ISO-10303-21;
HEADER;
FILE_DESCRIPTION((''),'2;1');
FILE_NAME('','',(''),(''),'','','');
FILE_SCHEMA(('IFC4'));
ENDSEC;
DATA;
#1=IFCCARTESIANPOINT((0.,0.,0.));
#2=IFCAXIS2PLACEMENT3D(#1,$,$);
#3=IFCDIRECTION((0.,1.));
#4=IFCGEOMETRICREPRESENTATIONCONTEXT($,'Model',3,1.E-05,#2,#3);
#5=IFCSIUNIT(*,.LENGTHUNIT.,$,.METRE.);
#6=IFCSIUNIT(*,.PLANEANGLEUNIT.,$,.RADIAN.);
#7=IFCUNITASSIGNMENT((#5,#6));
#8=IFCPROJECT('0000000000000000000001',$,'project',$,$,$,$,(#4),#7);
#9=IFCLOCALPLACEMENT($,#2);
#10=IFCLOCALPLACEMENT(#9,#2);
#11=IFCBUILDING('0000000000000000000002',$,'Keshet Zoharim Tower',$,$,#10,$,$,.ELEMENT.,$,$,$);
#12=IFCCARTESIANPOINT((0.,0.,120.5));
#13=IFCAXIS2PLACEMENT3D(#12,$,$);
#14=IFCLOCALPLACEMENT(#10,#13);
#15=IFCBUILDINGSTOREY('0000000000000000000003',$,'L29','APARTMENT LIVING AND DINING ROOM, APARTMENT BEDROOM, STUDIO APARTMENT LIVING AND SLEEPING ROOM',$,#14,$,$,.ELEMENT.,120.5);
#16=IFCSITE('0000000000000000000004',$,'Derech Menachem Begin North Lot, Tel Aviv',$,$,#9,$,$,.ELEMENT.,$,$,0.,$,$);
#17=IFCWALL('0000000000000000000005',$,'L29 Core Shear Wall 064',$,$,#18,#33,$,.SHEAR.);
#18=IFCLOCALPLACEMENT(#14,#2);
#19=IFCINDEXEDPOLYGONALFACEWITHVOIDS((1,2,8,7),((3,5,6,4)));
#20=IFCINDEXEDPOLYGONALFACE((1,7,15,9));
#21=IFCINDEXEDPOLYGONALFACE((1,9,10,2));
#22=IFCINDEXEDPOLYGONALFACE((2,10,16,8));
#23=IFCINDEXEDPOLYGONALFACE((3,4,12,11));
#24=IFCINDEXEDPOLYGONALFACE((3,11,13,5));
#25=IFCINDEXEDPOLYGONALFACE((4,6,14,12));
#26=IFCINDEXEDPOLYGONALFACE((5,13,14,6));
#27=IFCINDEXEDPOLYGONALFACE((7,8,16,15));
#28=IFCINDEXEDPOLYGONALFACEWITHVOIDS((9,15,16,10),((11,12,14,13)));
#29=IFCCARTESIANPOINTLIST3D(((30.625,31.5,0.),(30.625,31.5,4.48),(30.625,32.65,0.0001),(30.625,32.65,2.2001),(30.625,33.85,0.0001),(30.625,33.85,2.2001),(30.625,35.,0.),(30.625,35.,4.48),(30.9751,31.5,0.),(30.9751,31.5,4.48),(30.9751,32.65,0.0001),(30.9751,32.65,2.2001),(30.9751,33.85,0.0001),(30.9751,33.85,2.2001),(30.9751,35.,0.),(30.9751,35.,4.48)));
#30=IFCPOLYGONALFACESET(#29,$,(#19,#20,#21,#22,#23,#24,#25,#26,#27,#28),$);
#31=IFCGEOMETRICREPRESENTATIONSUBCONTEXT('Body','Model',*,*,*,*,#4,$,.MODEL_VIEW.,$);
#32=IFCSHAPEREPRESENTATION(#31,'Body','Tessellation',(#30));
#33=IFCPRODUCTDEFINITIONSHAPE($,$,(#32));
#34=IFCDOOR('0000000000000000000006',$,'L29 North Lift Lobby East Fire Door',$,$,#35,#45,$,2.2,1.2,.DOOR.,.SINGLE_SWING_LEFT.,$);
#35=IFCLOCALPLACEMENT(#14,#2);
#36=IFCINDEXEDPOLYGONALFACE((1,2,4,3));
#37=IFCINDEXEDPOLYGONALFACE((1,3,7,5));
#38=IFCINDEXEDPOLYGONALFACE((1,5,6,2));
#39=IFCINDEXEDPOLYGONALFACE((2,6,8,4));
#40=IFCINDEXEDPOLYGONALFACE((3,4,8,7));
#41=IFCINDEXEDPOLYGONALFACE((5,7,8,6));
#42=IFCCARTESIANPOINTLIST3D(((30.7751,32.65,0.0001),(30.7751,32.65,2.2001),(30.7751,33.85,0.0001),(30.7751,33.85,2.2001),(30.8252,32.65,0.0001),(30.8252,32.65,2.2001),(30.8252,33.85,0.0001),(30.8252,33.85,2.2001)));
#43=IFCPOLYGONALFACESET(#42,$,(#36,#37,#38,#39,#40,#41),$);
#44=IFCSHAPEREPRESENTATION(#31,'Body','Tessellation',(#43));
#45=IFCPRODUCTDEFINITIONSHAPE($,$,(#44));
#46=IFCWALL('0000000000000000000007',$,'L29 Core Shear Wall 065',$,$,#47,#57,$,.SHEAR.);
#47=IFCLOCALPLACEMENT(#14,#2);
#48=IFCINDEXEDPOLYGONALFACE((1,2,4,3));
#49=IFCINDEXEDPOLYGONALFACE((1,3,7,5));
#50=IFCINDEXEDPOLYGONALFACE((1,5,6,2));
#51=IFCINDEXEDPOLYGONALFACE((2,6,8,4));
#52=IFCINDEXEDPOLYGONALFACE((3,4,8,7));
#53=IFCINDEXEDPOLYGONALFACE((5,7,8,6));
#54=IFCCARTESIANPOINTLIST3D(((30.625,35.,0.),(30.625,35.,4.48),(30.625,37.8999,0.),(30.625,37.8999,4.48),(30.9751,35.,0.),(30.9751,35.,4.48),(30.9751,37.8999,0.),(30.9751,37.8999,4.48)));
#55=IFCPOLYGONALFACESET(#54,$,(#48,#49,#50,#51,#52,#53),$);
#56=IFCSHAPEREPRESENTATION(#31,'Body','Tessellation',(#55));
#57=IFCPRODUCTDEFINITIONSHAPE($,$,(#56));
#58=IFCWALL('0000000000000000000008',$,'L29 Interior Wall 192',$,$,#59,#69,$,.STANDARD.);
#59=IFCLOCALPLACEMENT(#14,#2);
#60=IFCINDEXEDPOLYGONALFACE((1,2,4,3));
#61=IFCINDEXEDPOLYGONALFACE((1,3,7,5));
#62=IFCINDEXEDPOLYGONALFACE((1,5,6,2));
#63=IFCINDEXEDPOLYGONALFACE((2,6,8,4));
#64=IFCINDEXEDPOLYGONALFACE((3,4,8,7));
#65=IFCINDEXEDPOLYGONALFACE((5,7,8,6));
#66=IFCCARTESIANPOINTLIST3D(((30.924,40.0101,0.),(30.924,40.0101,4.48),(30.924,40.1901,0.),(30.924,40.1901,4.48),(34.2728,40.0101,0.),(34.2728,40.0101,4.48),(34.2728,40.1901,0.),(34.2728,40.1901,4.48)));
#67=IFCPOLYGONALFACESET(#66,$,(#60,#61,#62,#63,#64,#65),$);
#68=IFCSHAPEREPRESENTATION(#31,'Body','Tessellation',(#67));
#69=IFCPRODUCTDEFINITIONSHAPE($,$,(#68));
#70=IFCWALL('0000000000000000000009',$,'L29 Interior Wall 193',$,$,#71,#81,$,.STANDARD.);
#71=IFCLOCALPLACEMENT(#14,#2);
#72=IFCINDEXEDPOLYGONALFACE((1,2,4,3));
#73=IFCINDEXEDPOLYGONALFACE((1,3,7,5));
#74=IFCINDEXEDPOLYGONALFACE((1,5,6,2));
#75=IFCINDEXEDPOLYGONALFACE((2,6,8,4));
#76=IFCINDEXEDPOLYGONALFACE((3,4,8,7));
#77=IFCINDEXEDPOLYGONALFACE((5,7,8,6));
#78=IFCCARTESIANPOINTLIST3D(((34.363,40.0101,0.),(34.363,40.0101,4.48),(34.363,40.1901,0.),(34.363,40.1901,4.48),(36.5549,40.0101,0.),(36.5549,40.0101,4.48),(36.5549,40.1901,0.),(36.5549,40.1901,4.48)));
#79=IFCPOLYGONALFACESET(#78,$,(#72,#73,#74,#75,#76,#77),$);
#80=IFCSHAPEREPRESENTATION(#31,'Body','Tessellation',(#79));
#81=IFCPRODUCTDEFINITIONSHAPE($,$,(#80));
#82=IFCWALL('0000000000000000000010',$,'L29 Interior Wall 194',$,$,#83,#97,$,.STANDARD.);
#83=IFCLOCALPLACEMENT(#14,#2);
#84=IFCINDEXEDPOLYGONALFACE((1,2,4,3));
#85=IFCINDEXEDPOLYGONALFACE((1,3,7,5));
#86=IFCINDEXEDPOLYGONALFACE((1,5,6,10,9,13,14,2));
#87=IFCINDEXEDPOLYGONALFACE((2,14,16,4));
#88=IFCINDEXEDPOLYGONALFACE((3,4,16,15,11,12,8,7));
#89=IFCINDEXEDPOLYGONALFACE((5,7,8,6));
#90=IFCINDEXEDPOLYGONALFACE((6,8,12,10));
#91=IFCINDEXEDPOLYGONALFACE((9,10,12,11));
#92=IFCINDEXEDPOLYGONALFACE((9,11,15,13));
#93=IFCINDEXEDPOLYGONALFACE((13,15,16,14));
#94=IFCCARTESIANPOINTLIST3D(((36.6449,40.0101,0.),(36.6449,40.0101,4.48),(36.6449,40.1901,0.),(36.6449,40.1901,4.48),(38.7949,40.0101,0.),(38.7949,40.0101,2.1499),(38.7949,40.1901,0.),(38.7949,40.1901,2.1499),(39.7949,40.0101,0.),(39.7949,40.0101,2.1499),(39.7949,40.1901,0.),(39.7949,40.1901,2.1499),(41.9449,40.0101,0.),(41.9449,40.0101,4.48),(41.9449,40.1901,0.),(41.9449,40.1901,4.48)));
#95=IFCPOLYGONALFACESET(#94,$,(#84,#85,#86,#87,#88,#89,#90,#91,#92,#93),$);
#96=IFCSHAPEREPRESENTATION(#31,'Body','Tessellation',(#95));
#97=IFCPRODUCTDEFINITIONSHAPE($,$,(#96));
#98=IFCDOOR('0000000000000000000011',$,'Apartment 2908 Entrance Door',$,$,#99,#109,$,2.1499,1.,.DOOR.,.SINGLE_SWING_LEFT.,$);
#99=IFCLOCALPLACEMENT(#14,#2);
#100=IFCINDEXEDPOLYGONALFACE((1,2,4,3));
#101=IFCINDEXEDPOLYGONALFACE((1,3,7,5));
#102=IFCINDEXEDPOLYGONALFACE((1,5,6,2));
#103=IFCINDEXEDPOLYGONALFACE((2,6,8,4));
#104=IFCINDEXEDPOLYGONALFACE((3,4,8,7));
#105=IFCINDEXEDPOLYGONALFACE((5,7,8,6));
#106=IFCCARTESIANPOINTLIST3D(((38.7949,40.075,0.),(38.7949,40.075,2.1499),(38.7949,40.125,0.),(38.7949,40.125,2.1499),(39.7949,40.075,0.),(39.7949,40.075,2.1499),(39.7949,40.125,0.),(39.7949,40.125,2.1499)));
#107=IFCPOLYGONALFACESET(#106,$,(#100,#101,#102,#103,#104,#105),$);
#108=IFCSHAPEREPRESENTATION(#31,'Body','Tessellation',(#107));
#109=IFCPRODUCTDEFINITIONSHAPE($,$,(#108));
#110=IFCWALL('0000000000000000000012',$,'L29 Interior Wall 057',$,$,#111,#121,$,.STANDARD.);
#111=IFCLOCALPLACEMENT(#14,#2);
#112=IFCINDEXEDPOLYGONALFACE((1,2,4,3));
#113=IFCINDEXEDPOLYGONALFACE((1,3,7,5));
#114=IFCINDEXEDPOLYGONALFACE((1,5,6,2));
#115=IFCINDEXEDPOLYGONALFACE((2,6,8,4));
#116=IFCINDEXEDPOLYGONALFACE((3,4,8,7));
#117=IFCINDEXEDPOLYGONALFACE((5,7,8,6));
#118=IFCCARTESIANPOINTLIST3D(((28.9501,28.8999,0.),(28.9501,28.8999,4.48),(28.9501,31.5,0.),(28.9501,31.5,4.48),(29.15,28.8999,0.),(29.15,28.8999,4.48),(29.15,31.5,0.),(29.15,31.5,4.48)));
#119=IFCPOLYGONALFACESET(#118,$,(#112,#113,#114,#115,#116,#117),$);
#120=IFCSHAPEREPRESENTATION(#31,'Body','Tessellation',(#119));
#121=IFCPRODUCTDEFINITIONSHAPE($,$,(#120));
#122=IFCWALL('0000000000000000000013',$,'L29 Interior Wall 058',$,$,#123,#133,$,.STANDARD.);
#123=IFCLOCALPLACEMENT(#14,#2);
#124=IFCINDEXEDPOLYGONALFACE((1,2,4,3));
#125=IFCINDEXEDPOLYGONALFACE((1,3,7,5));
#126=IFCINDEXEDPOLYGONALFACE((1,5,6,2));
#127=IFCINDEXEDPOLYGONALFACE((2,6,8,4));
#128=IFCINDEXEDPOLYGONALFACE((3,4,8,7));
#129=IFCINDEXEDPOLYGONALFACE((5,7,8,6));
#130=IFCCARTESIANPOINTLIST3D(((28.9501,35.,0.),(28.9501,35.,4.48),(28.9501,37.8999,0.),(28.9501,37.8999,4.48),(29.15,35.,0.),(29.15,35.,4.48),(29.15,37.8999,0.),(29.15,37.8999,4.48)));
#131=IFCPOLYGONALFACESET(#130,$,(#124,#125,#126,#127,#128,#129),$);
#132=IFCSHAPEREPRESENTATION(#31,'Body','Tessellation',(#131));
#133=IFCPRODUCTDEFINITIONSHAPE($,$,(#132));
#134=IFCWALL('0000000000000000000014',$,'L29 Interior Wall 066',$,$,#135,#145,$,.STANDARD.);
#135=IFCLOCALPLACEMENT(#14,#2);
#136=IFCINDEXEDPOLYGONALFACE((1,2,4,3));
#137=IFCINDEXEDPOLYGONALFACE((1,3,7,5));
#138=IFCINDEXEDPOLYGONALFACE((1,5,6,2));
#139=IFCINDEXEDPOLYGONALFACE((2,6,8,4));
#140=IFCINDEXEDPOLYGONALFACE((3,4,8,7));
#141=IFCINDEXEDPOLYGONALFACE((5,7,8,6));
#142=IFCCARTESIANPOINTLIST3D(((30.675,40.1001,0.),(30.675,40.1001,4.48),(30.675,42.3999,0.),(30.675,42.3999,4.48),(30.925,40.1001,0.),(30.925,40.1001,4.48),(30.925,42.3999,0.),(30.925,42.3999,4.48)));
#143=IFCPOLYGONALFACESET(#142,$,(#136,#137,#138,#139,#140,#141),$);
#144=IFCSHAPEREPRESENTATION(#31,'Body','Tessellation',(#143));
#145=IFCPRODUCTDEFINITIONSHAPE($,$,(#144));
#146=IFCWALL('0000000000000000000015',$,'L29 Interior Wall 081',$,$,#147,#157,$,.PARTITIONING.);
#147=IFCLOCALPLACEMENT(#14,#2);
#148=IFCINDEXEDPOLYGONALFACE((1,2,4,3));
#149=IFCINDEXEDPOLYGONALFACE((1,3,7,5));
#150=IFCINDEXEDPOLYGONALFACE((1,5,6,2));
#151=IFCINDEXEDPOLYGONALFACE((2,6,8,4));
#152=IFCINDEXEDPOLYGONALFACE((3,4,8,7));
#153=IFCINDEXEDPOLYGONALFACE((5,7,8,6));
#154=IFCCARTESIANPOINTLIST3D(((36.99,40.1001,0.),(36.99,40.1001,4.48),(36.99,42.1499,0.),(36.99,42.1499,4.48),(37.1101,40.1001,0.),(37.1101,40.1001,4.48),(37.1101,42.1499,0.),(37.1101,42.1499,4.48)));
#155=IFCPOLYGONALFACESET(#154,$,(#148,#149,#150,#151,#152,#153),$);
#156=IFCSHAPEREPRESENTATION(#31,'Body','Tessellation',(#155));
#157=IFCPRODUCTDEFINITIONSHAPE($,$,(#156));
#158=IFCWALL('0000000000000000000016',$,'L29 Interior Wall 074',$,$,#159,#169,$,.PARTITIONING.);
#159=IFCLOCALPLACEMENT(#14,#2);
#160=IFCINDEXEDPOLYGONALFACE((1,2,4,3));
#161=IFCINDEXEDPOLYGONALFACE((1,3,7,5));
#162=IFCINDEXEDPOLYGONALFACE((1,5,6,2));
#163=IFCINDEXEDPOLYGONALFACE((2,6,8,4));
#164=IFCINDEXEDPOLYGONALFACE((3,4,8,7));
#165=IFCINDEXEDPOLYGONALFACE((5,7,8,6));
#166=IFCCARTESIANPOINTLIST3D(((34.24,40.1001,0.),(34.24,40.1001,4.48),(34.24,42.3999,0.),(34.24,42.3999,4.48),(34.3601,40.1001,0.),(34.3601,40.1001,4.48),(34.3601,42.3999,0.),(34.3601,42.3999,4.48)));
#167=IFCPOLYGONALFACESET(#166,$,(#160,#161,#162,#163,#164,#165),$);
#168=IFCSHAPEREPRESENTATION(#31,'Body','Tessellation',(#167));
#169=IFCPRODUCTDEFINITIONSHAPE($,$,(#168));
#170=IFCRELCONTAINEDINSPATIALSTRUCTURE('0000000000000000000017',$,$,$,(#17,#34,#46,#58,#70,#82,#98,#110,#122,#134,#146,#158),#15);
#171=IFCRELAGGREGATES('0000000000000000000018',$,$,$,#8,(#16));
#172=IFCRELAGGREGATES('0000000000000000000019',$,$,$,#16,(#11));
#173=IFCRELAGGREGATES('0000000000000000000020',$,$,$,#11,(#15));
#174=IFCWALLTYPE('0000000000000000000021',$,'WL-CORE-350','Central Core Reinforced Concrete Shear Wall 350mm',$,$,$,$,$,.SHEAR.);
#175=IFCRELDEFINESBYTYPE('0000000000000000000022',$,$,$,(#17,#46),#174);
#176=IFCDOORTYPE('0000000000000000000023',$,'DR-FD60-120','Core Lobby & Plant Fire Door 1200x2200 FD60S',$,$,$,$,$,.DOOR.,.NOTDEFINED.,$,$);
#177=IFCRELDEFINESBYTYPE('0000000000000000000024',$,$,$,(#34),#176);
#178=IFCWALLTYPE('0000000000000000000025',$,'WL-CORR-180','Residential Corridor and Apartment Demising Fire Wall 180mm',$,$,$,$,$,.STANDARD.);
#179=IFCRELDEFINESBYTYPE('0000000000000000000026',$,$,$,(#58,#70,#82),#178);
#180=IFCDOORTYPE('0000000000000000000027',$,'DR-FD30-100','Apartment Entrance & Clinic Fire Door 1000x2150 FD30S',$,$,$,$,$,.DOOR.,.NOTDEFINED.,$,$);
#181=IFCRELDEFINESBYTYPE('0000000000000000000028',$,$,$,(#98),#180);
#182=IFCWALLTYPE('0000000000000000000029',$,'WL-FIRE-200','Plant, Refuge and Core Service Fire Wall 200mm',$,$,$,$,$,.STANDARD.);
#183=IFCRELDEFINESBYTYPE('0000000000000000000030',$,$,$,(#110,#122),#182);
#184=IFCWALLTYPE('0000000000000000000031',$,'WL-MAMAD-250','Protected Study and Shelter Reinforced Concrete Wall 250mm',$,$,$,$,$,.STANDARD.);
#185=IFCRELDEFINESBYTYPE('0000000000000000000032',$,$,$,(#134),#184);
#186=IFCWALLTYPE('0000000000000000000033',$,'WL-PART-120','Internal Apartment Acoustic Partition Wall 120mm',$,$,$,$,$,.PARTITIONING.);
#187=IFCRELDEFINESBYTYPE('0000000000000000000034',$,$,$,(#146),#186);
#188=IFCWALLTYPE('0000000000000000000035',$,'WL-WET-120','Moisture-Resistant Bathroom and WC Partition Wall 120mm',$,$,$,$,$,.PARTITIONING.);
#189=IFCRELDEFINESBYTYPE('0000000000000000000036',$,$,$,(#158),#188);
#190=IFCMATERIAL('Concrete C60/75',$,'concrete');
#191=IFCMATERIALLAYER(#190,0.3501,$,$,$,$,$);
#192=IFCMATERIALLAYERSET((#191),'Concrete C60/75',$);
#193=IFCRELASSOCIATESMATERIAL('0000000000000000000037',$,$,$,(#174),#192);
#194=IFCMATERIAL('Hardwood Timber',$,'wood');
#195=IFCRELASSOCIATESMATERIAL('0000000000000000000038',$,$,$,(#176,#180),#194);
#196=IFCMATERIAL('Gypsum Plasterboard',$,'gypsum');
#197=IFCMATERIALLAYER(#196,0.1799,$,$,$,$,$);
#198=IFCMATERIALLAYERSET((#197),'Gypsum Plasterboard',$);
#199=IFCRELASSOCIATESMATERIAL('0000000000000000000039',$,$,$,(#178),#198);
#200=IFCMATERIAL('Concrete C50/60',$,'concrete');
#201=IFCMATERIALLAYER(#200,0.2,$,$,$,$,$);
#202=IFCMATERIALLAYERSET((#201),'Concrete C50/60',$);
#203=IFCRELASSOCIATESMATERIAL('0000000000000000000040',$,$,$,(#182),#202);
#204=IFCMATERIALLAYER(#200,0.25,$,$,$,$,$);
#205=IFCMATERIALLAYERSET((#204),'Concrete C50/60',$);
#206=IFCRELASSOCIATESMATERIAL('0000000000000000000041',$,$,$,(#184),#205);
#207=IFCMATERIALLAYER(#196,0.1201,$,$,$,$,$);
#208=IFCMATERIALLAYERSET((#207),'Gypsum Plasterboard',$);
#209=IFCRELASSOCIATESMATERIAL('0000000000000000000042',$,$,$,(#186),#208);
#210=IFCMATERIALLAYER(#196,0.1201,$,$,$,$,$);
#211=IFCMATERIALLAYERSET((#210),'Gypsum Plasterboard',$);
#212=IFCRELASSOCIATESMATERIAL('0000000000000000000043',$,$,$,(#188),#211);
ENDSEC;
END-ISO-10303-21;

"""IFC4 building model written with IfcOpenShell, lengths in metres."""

from ifc_helpers import new_model, si_unit, direction, frame, frame_2d, origin, place, context, subcontext, project, spatial, rectangle, extrude, material, layer, layer_set, type_object, element, fill, save


model = new_model("IFC4")

# Units and contexts
model_context = context("Model", 3, precision=1e-05, world=origin(), true_north=direction((0.0, 1.0)))
body_context = subcontext(model_context, "Body", "Model", "MODEL_VIEW")
ifc_project = project(units=[si_unit("LENGTHUNIT", "METRE"), si_unit("PLANEANGLEUNIT", "RADIAN")], contexts=[model_context])

# Site, building, storey
site_placement = place(None, origin())
site = spatial("IfcSite", under=ifc_project, at=site_placement, Name="Derech Menachem Begin North Lot, Tel Aviv", CompositionType="ELEMENT", RefElevation=0.0)
building_placement = place(site_placement, origin())
building = spatial("IfcBuilding", under=site, at=building_placement, Name="Keshet Zoharim Tower", CompositionType="ELEMENT")
storey_placement = place(building_placement, frame((0.0, 0.0, 120.5)))
storey = spatial("IfcBuildingStorey", under=building, at=storey_placement, Name="L29", Description="APARTMENT LIVING AND DINING ROOM, APARTMENT BEDROOM, STUDIO APARTMENT LIVING AND SLEEPING ROOM", CompositionType="ELEMENT", Elevation=120.5)

# Shared definitions
ifc_material_1 = material(Name="Concrete C60/75", Category="concrete")

# Shared definitions
ifc_material_2 = material(Name="Gypsum Plasterboard", Category="gypsum")
ifc_layer_1 = layer(ifc_material_1, 0.3501)
ifc_layer_set_1 = layer_set([ifc_layer_1], Name="Concrete C60/75")
wall_type_1 = type_object("IfcWallType", Name="WL-CORE-350", Description="Central Core Reinforced Concrete Shear Wall 350mm", PredefinedType="SHEAR", material=ifc_layer_set_1)

# Wall, opening, door
wall_1_placement = place(storey_placement, frame((30.8, 31.5, 0.0), z_axis=(0.0, 0.0, 1.0), x_axis=(0.0, 1.0, 0.0)))
wall_1 = element("IfcWall", 1, at=wall_1_placement, inside=storey, type_object=wall_type_1, Name="L29 Core Shear Wall 064", PredefinedType="SHEAR", context=body_context, shape_type="SweptSolid", body=[
    extrude(rectangle(XDim=3.5, YDim=0.3501, at=frame_2d((1.75, 0.0))), origin(), (0.0, 0.0, 1.0), 4.48),
])
opening_1_placement = place(wall_1_placement, frame((1.1499, 0.0, 0.0)))
opening_1 = element("IfcOpeningElement", 2, at=opening_1_placement, cuts=wall_1, PredefinedType="OPENING", context=body_context, shape_type="SweptSolid", body=[
    extrude(rectangle(XDim=1.2, YDim=2.2, at=frame_2d((0.6001, 1.1001))), frame((0.0, 0.1851, 0.0), z_axis=(0.0, -1.0, 0.0), x_axis=(1.0, 0.0, 0.0)), (0.0, 0.0, 1.0), 0.3701),
])
ifc_material_3 = material(Name="Hardwood Timber", Category="wood")
door_type_1 = type_object("IfcDoorType", Name="DR-FD60-120", Description="Core Lobby & Plant Fire Door 1200x2200 FD60S", OperationType="NOTDEFINED", PredefinedType="DOOR", material=ifc_material_3)
door_1_placement = place(opening_1_placement, origin())
door_1 = element("IfcDoor", 3, at=door_1_placement, inside=storey, type_object=door_type_1, Name="L29 North Lift Lobby East Fire Door", OperationType="SINGLE_SWING_LEFT", OverallHeight=2.2, OverallWidth=1.2, PredefinedType="DOOR", context=body_context, shape_type="SweptSolid", body=[
    extrude(rectangle(XDim=1.2, YDim=2.2, at=frame_2d((0.6001, 1.1001))), frame((0.0, 0.0249, 0.0), z_axis=(0.0, -1.0, 0.0), x_axis=(1.0, 0.0, 0.0)), (0.0, 0.0, 1.0), 0.05),
])
fill(opening_1, door_1)

# Walls
wall_2_placement = place(storey_placement, frame((30.8, 35.0, 0.0), z_axis=(0.0, 0.0, 1.0), x_axis=(0.0, 1.0, 0.0)))
element("IfcWall", 4, at=wall_2_placement, inside=storey, type_object=wall_type_1, Name="L29 Core Shear Wall 065", PredefinedType="SHEAR", context=body_context, shape_type="SweptSolid", body=[
    extrude(rectangle(XDim=2.8999, YDim=0.3501, at=frame_2d((1.45, 0.0))), origin(), (0.0, 0.0, 1.0), 4.48),
])
ifc_layer_2 = layer(ifc_material_2, 0.1799)
ifc_layer_set_2 = layer_set([ifc_layer_2], Name="Gypsum Plasterboard")
wall_type_2 = type_object("IfcWallType", Name="WL-CORR-180", Description="Residential Corridor and Apartment Demising Fire Wall 180mm", PredefinedType="STANDARD", material=ifc_layer_set_2)
wall_3_placement = place(storey_placement, frame((30.9241, 40.1001, 0.0), z_axis=(0.0, 0.0, 1.0), x_axis=(1.0, 0.0, 0.0)))
element("IfcWall", 5, at=wall_3_placement, inside=storey, type_object=wall_type_2, Name="L29 Interior Wall 192", PredefinedType="STANDARD", context=body_context, shape_type="SweptSolid", body=[
    extrude(rectangle(XDim=3.3489, YDim=0.1799, at=frame_2d((1.6743, 0.0))), origin(), (0.0, 0.0, 1.0), 4.48),
])
wall_4_placement = place(storey_placement, frame((34.363, 40.1001, 0.0), z_axis=(0.0, 0.0, 1.0), x_axis=(1.0, 0.0, 0.0)))
element("IfcWall", 6, at=wall_4_placement, inside=storey, type_object=wall_type_2, Name="L29 Interior Wall 193", PredefinedType="STANDARD", context=body_context, shape_type="SweptSolid", body=[
    extrude(rectangle(XDim=2.1919, YDim=0.1799, at=frame_2d((1.0959, 0.0))), origin(), (0.0, 0.0, 1.0), 4.48),
])

# Wall, opening, door
wall_5_placement = place(storey_placement, frame((36.645, 40.1001, 0.0), z_axis=(0.0, 0.0, 1.0), x_axis=(1.0, 0.0, 0.0)))
wall_5 = element("IfcWall", 7, at=wall_5_placement, inside=storey, type_object=wall_type_2, Name="L29 Interior Wall 194", PredefinedType="STANDARD", context=body_context, shape_type="SweptSolid", body=[
    extrude(rectangle(XDim=5.3, YDim=0.1799, at=frame_2d((2.6499, 0.0))), origin(), (0.0, 0.0, 1.0), 4.48),
])
opening_2_placement = place(wall_5_placement, frame((2.1499, 0.0, 0.0)))
opening_2 = element("IfcOpeningElement", 8, at=opening_2_placement, cuts=wall_5, PredefinedType="OPENING", context=body_context, shape_type="SweptSolid", body=[
    extrude(rectangle(XDim=1.0, YDim=2.1499, at=frame_2d((0.5, 1.075))), frame((0.0, 0.1001, 0.0), z_axis=(0.0, -1.0, 0.0), x_axis=(1.0, 0.0, 0.0)), (0.0, 0.0, 1.0), 0.2),
])
door_type_2 = type_object("IfcDoorType", Name="DR-FD30-100", Description="Apartment Entrance & Clinic Fire Door 1000x2150 FD30S", OperationType="NOTDEFINED", PredefinedType="DOOR", material=ifc_material_3)
door_2_placement = place(opening_2_placement, origin())
door_2 = element("IfcDoor", 9, at=door_2_placement, inside=storey, type_object=door_type_2, Name="Apartment 2908 Entrance Door", OperationType="SINGLE_SWING_LEFT", OverallHeight=2.1499, OverallWidth=1.0, PredefinedType="DOOR", context=body_context, shape_type="SweptSolid", body=[
    extrude(rectangle(XDim=1.0, YDim=2.1499, at=frame_2d((0.5, 1.075))), frame((0.0, 0.0249, 0.0), z_axis=(0.0, -1.0, 0.0), x_axis=(1.0, 0.0, 0.0)), (0.0, 0.0, 1.0), 0.05),
])
fill(opening_2, door_2)

# Walls
ifc_material_4 = material(Name="Concrete C50/60", Category="concrete")
ifc_layer_3 = layer(ifc_material_4, 0.2)
ifc_layer_set_3 = layer_set([ifc_layer_3], Name="Concrete C50/60")
wall_type_3 = type_object("IfcWallType", Name="WL-FIRE-200", Description="Plant, Refuge and Core Service Fire Wall 200mm", PredefinedType="STANDARD", material=ifc_layer_set_3)
wall_6_placement = place(storey_placement, frame((29.05, 28.8999, 0.0), z_axis=(0.0, 0.0, 1.0), x_axis=(0.0, 1.0, 0.0)))
element("IfcWall", 10, at=wall_6_placement, inside=storey, type_object=wall_type_3, Name="L29 Interior Wall 057", PredefinedType="STANDARD", context=body_context, shape_type="SweptSolid", body=[
    extrude(rectangle(XDim=2.6001, YDim=0.2, at=frame_2d((1.3, 0.0))), origin(), (0.0, 0.0, 1.0), 4.48),
])
wall_7_placement = place(storey_placement, frame((29.05, 35.0, 0.0), z_axis=(0.0, 0.0, 1.0), x_axis=(0.0, 1.0, 0.0)))
element("IfcWall", 11, at=wall_7_placement, inside=storey, type_object=wall_type_3, Name="L29 Interior Wall 058", PredefinedType="STANDARD", context=body_context, shape_type="SweptSolid", body=[
    extrude(rectangle(XDim=2.8999, YDim=0.2, at=frame_2d((1.45, 0.0))), origin(), (0.0, 0.0, 1.0), 4.48),
])
ifc_layer_4 = layer(ifc_material_4, 0.25)
ifc_layer_set_4 = layer_set([ifc_layer_4], Name="Concrete C50/60")
wall_type_4 = type_object("IfcWallType", Name="WL-MAMAD-250", Description="Protected Study and Shelter Reinforced Concrete Wall 250mm", PredefinedType="STANDARD", material=ifc_layer_set_4)
wall_8_placement = place(storey_placement, frame((30.8, 40.1001, 0.0), z_axis=(0.0, 0.0, 1.0), x_axis=(0.0, 1.0, 0.0)))
element("IfcWall", 12, at=wall_8_placement, inside=storey, type_object=wall_type_4, Name="L29 Interior Wall 066", PredefinedType="STANDARD", context=body_context, shape_type="SweptSolid", body=[
    extrude(rectangle(XDim=2.2998, YDim=0.25, at=frame_2d((1.1499, 0.0))), origin(), (0.0, 0.0, 1.0), 4.48),
])
ifc_layer_5 = layer(ifc_material_2, 0.1201)
ifc_layer_set_5 = layer_set([ifc_layer_5], Name="Gypsum Plasterboard")
wall_type_5 = type_object("IfcWallType", Name="WL-PART-120", Description="Internal Apartment Acoustic Partition Wall 120mm", PredefinedType="PARTITIONING", material=ifc_layer_set_5)
wall_9_placement = place(storey_placement, frame((37.05, 40.1001, 0.0), z_axis=(0.0, 0.0, 1.0), x_axis=(0.0, 1.0, 0.0)))
element("IfcWall", 13, at=wall_9_placement, inside=storey, type_object=wall_type_5, Name="L29 Interior Wall 081", PredefinedType="PARTITIONING", context=body_context, shape_type="SweptSolid", body=[
    extrude(rectangle(XDim=2.0498, YDim=0.1201, at=frame_2d((1.0249, 0.0))), origin(), (0.0, 0.0, 1.0), 4.48),
])
ifc_layer_6 = layer(ifc_material_2, 0.1201)
ifc_layer_set_6 = layer_set([ifc_layer_6], Name="Gypsum Plasterboard")
wall_type_6 = type_object("IfcWallType", Name="WL-WET-120", Description="Moisture-Resistant Bathroom and WC Partition Wall 120mm", PredefinedType="PARTITIONING", material=ifc_layer_set_6)
wall_10_placement = place(storey_placement, frame((34.3, 40.1001, 0.0), z_axis=(0.0, 0.0, 1.0), x_axis=(0.0, 1.0, 0.0)))
element("IfcWall", 14, at=wall_10_placement, inside=storey, type_object=wall_type_6, Name="L29 Interior Wall 074", PredefinedType="PARTITIONING", context=body_context, shape_type="SweptSolid", body=[
    extrude(rectangle(XDim=2.2998, YDim=0.1201, at=frame_2d((1.1499, 0.0))), origin(), (0.0, 0.0, 1.0), 4.48),
])

save(model, "model.ifc")
